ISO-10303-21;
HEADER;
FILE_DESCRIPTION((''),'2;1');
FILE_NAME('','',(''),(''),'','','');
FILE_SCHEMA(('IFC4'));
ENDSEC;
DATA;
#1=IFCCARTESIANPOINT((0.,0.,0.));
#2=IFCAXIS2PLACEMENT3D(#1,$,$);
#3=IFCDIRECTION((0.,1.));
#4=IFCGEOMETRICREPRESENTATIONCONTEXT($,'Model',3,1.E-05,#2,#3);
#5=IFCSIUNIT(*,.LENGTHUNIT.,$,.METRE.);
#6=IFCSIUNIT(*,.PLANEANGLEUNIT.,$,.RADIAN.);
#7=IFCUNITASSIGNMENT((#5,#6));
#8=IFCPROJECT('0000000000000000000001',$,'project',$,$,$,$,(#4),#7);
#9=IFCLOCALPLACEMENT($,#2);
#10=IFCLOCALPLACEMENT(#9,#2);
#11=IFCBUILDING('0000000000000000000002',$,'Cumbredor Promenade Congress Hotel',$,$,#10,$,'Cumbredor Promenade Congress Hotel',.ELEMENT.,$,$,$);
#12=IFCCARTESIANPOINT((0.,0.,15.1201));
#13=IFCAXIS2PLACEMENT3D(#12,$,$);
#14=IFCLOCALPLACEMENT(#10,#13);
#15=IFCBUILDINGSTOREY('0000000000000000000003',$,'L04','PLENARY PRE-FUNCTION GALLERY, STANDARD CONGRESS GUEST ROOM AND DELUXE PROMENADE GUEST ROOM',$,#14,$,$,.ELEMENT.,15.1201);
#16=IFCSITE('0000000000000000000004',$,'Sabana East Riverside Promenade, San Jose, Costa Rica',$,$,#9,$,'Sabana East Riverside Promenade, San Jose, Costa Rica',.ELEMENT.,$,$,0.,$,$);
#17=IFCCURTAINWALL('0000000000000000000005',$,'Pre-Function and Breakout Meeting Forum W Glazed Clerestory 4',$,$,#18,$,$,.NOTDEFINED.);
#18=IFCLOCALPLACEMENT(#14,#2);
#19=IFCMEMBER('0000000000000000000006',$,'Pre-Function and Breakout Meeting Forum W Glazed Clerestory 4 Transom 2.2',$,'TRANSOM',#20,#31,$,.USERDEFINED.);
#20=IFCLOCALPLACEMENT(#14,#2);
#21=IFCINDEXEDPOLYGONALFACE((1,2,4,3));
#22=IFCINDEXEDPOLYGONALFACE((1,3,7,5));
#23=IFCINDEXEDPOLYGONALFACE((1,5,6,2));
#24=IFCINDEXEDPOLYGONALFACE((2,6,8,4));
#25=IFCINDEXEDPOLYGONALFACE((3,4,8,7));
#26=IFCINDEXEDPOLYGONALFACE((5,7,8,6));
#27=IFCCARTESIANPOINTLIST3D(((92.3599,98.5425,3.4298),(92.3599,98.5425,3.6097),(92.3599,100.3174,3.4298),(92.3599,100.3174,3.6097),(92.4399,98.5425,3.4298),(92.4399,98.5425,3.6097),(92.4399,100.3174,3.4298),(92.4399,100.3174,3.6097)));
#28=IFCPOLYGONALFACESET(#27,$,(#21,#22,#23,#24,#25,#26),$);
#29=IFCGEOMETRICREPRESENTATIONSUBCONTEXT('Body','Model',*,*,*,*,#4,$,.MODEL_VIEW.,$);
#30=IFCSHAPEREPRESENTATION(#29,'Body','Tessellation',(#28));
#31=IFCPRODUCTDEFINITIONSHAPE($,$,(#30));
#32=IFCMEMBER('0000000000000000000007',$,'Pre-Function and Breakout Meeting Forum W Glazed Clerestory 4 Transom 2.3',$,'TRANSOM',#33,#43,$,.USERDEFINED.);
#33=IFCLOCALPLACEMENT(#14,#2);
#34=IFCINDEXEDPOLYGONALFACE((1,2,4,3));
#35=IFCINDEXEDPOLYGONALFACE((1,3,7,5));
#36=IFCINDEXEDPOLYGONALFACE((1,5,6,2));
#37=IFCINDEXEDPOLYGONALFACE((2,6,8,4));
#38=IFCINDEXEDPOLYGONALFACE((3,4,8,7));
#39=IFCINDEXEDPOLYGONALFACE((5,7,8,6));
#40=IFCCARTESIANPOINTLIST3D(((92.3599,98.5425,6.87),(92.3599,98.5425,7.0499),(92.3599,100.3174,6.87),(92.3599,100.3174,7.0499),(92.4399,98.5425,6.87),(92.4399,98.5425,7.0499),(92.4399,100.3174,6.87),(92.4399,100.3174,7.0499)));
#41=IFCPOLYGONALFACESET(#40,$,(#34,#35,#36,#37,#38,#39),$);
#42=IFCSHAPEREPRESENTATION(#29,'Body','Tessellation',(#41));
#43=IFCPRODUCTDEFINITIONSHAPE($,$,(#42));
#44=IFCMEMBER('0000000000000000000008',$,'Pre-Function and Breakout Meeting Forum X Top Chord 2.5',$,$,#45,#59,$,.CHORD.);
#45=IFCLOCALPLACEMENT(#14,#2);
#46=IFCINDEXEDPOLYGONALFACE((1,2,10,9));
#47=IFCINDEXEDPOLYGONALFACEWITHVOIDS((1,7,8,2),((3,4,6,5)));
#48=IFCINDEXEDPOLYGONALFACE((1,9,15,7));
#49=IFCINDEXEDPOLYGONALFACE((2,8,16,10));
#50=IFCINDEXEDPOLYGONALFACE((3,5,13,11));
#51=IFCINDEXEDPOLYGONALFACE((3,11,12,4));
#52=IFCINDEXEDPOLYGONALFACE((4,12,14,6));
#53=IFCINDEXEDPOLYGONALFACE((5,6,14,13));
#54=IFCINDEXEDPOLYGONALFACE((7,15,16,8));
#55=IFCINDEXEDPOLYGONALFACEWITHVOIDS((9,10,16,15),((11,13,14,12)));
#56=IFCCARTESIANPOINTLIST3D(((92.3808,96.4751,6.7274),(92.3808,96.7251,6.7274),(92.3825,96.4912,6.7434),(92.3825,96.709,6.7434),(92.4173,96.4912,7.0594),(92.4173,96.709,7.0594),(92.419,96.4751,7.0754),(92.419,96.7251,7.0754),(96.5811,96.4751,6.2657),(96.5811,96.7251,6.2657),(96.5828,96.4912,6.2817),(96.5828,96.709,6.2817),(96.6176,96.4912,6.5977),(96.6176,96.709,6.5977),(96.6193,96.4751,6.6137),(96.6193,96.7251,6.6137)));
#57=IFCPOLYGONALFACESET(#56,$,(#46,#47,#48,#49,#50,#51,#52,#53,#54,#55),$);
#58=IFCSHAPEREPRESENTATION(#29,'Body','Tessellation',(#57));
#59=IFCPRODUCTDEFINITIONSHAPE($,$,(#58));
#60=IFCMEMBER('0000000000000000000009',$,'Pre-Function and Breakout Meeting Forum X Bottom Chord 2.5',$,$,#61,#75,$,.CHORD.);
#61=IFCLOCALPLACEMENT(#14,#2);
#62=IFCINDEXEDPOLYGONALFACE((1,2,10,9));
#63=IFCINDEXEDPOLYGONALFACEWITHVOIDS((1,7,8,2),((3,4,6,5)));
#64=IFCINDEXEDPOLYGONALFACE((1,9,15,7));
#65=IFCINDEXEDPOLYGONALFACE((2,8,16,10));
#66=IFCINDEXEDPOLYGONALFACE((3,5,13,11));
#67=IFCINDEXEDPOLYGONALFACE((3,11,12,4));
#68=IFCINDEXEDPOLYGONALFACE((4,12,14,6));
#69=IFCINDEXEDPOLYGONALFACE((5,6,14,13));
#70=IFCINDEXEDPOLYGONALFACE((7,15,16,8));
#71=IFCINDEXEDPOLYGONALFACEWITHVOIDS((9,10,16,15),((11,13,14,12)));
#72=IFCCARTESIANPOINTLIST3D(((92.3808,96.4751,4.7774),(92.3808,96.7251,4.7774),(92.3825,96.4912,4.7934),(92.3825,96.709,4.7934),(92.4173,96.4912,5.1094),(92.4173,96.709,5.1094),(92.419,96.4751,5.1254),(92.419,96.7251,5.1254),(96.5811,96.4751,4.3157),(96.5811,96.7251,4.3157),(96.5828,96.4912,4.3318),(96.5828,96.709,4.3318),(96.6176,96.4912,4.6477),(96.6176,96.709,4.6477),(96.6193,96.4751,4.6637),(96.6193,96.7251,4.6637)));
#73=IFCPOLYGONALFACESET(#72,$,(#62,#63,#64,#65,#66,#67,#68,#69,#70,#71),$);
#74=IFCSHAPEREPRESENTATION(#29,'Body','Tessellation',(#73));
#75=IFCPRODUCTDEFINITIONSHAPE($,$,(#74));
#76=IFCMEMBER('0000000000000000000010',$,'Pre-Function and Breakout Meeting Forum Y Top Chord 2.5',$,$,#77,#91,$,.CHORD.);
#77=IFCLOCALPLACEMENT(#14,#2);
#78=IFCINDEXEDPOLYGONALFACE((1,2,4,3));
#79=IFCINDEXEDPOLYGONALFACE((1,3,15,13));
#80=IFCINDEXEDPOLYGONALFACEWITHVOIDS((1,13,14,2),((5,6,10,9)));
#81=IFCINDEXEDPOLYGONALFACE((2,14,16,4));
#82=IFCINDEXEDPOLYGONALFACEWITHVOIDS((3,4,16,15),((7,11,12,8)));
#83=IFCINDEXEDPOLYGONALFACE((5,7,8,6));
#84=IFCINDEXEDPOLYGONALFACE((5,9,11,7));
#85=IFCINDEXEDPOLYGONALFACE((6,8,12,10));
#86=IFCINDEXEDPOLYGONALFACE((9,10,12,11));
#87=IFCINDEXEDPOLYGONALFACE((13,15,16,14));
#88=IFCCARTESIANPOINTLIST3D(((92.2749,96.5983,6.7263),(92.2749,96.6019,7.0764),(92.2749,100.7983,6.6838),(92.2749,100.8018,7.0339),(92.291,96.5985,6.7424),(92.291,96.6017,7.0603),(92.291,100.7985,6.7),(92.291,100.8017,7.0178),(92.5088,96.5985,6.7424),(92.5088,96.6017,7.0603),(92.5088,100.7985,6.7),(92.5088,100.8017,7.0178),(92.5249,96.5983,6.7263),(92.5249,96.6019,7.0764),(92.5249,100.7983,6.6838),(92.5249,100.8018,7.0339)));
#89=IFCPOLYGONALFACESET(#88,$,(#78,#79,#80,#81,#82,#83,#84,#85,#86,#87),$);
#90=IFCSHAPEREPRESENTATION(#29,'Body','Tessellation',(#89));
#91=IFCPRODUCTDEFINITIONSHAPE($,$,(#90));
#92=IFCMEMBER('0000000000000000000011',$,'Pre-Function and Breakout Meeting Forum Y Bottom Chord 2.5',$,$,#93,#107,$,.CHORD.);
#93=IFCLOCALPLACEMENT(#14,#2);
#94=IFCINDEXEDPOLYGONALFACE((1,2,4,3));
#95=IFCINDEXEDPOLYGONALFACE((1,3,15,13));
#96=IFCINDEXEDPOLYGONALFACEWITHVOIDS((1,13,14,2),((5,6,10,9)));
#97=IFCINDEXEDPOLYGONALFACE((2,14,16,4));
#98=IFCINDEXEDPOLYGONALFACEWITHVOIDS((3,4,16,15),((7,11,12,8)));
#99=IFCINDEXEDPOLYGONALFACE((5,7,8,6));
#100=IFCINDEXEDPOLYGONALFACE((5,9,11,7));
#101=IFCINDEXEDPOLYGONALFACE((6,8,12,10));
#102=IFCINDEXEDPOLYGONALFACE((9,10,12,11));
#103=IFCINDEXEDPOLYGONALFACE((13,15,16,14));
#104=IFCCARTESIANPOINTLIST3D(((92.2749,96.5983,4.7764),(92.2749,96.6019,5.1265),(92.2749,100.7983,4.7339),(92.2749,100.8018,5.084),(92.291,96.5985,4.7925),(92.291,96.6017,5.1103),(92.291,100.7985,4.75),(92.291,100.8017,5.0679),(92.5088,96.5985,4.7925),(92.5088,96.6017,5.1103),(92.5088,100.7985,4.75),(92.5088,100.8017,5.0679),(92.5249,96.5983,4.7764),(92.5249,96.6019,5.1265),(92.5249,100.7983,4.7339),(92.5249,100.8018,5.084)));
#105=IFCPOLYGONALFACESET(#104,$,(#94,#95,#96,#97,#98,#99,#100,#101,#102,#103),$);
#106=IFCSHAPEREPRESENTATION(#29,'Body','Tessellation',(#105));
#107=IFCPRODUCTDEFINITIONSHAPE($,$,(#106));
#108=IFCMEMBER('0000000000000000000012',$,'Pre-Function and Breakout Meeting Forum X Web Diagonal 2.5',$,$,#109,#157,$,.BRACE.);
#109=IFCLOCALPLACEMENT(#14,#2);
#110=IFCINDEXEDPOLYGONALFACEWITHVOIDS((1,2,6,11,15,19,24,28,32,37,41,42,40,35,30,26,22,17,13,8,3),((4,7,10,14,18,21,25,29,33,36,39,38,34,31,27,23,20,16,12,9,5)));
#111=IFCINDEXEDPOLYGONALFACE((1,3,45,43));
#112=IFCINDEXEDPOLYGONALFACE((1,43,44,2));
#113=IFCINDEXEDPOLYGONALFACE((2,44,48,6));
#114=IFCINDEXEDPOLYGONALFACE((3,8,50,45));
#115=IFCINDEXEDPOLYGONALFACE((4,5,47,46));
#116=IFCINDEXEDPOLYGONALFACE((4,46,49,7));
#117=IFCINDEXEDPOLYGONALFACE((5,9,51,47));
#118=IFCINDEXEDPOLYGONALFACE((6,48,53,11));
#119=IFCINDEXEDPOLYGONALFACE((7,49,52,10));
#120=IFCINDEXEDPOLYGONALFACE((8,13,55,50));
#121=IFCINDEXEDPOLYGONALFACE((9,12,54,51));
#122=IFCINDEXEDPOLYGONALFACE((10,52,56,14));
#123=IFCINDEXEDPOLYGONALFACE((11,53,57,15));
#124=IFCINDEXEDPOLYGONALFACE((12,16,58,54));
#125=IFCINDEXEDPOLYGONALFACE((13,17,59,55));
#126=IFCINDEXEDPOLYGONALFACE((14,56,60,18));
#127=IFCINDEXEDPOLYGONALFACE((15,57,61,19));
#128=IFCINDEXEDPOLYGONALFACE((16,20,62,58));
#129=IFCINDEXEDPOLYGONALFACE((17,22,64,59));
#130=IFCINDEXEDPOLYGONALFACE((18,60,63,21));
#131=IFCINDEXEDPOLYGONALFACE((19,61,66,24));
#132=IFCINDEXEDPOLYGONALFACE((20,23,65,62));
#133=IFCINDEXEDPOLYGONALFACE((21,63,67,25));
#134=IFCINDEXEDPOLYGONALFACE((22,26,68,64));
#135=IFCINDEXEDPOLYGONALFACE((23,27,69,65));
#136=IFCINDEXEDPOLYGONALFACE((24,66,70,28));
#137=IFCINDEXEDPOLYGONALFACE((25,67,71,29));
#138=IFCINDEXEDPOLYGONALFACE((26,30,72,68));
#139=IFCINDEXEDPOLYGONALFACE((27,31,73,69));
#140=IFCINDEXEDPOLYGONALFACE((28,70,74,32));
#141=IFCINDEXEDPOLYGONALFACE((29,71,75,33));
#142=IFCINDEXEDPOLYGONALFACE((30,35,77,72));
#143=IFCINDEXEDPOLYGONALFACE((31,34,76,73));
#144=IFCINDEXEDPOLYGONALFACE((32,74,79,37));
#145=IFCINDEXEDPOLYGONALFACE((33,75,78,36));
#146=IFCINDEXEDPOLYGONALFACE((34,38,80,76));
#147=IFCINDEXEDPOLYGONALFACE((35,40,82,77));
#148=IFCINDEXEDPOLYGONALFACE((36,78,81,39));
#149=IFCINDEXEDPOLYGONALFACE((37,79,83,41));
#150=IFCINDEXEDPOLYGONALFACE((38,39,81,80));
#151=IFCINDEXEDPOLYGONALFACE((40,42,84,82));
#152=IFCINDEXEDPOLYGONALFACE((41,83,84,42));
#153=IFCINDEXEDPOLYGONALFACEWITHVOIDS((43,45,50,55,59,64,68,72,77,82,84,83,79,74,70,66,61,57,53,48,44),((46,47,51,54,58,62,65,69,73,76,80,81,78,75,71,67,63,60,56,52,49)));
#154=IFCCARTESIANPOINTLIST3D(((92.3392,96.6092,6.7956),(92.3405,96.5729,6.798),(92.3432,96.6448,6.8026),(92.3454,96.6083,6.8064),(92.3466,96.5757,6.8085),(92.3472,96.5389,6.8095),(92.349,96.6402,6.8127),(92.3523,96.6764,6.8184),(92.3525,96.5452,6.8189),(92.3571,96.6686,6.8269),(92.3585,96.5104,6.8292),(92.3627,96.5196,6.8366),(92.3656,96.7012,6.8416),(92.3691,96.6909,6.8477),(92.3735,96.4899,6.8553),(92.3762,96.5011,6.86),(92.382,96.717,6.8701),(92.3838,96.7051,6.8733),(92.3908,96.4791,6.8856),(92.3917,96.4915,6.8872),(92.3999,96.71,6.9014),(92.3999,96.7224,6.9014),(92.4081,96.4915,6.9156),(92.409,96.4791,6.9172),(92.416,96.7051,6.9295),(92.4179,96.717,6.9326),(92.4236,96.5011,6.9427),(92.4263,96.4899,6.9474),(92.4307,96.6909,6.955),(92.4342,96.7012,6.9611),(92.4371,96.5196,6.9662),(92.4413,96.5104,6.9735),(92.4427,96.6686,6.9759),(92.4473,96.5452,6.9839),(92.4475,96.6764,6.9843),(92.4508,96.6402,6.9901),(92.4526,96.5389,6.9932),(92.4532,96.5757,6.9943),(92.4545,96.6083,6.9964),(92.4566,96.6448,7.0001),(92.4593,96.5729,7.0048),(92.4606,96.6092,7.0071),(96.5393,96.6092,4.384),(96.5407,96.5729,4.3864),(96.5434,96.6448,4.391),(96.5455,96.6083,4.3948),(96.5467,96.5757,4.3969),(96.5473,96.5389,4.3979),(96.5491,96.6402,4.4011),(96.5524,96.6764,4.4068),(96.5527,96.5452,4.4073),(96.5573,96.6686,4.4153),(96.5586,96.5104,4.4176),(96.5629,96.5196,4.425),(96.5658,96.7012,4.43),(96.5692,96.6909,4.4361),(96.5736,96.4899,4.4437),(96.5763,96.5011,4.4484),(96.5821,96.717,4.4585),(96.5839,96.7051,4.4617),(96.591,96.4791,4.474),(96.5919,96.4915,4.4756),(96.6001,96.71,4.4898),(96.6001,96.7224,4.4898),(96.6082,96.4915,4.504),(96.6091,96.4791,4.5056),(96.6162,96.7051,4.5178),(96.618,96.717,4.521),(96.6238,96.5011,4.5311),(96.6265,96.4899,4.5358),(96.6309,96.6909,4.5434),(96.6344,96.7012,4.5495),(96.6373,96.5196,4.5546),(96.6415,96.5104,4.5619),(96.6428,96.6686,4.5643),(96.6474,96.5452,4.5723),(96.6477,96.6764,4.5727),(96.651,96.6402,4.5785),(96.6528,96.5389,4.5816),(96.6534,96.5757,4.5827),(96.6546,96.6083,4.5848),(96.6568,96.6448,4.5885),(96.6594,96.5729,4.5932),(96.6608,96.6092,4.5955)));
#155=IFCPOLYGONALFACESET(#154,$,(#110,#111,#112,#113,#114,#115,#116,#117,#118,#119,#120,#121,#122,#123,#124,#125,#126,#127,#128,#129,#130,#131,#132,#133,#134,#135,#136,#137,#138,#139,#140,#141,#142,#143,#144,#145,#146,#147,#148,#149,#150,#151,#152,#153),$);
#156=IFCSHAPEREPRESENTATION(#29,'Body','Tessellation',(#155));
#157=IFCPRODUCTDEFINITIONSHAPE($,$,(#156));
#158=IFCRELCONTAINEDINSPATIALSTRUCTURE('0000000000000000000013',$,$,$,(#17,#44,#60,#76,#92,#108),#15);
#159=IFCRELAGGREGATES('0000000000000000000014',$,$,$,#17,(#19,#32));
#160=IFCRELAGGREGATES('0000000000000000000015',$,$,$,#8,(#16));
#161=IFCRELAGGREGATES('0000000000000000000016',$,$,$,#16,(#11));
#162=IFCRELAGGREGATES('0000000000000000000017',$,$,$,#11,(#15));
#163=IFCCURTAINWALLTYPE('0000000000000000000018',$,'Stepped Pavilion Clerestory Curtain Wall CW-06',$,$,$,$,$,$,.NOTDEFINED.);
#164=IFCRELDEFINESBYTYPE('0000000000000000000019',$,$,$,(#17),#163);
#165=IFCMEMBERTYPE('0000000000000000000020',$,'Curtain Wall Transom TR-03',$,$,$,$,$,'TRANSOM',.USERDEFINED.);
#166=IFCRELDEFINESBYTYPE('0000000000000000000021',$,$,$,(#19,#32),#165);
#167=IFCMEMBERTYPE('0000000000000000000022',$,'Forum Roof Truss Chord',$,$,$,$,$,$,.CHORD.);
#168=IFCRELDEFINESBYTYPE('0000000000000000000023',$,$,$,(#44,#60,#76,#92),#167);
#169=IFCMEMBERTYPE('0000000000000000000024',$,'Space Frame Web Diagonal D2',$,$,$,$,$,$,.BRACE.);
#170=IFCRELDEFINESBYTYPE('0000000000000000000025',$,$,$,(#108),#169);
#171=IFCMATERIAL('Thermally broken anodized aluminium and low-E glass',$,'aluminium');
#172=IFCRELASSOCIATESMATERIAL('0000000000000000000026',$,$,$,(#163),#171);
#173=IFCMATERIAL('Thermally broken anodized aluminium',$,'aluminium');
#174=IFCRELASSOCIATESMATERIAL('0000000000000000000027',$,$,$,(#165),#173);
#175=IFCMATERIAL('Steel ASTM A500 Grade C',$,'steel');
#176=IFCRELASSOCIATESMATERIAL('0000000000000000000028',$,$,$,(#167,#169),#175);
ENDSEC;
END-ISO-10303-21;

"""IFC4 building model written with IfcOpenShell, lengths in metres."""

from ifc_helpers import new_model, si_unit, direction, frame, origin, origin_2d, place, context, subcontext, project, spatial, rectangle, hollow_rectangle, hollow_circle, extrude, material, material_profile, profile_set, type_object, element, aggregate, save


model = new_model("IFC4")

# Units and contexts
model_context = context("Model", 3, precision=1e-05, world=origin(), true_north=direction((0.0, 1.0)))
body_context = subcontext(model_context, "Body", "Model", "MODEL_VIEW")
ifc_project = project(units=[si_unit("LENGTHUNIT", "METRE"), si_unit("PLANEANGLEUNIT", "RADIAN")], contexts=[model_context])

# Site, building, storey
site_placement = place(None, origin())
site = spatial("IfcSite", under=ifc_project, at=site_placement, Name="Sabana East Riverside Promenade, San Jose, Costa Rica", LongName="Sabana East Riverside Promenade, San Jose, Costa Rica", CompositionType="ELEMENT", RefElevation=0.0)
building_placement = place(site_placement, origin())
building = spatial("IfcBuilding", under=site, at=building_placement, Name="Cumbredor Promenade Congress Hotel", LongName="Cumbredor Promenade Congress Hotel", CompositionType="ELEMENT")
storey_placement = place(building_placement, frame((0.0, 0.0, 15.1201)))
storey = spatial("IfcBuildingStorey", under=building, at=storey_placement, Name="L04", Description="PLENARY PRE-FUNCTION GALLERY, STANDARD CONGRESS GUEST ROOM AND DELUXE PROMENADE GUEST ROOM", CompositionType="ELEMENT", Elevation=15.1201)

# Curtain wall
ifc_material_1 = material(Name="Thermally broken anodized aluminium and low-E glass", Category="aluminium")
curtain_wall_type = type_object("IfcCurtainWallType", Name="Stepped Pavilion Clerestory Curtain Wall CW-06", PredefinedType="NOTDEFINED", material=ifc_material_1)
ifc_material_2 = material(Name="Thermally broken anodized aluminium", Category="aluminium")
curtain_wall_1_placement = place(storey_placement, origin())
curtain_wall_1 = element("IfcCurtainWall", 1, at=curtain_wall_1_placement, inside=storey, type_object=curtain_wall_type, Name="Pre-Function and Breakout Meeting Forum W Glazed Clerestory 4", PredefinedType="NOTDEFINED")

# Members
ifc_material_profile_1 = material_profile(ifc_material_2, rectangle(XDim=0.0801, YDim=0.1799, at=origin_2d()), Name="ALU TRANSOM 80x180")
ifc_profile_set_1 = profile_set([ifc_material_profile_1], Name="Thermally broken anodized aluminium")
member_type_1 = type_object("IfcMemberType", Name="Curtain Wall Transom TR-03", ElementType="TRANSOM", PredefinedType="USERDEFINED", material=ifc_profile_set_1)
member_1_placement = place(storey_placement, frame((92.3999, 98.5425, 3.5198), z_axis=(0.0, 1.0, 0.0), x_axis=(-1.0, 0.0, 0.0)))
member_1 = element("IfcMember", 2, at=member_1_placement, type_object=member_type_1, Name="Pre-Function and Breakout Meeting Forum W Glazed Clerestory 4 Transom 2.2", ObjectType="TRANSOM", PredefinedType="USERDEFINED", context=body_context, shape_type="SweptSolid", body=[
    extrude(rectangle(XDim=0.0801, YDim=0.1799, at=origin_2d()), origin(), (0.0, 0.0, 1.0), 1.7749),
])
member_2_placement = place(storey_placement, frame((92.3999, 98.5425, 6.96), z_axis=(0.0, 1.0, 0.0), x_axis=(-1.0, 0.0, 0.0)))
member_2 = element("IfcMember", 3, at=member_2_placement, type_object=member_type_1, Name="Pre-Function and Breakout Meeting Forum W Glazed Clerestory 4 Transom 2.3", ObjectType="TRANSOM", PredefinedType="USERDEFINED", context=body_context, shape_type="SweptSolid", body=[
    extrude(rectangle(XDim=0.0801, YDim=0.1799, at=origin_2d()), origin(), (0.0, 0.0, 1.0), 1.7749),
])

# Members
ifc_material_3 = material(Name="Steel ASTM A500 Grade C", Category="steel")
ifc_material_profile_2 = material_profile(ifc_material_3, hollow_rectangle(XDim=0.25, YDim=0.3501, WallThickness=0.0161, at=origin_2d()), Name="HSS 350x250x16")
ifc_profile_set_2 = profile_set([ifc_material_profile_2], Name="Steel ASTM A500 Grade C")
member_type_2 = type_object("IfcMemberType", Name="Forum Roof Truss Chord", PredefinedType="CHORD", material=ifc_profile_set_2)
for number, where, z_axis, x_axis, name in (
    (4, (92.3999, 96.6001, 6.9014), (0.994013, 0.0, -0.109258), (0.0, 1.0, 0.0), "Pre-Function and Breakout Meeting Forum X Top Chord 2.5"),
    (5, (92.3999, 96.6001, 4.9514), (0.994013, 0.0, -0.109258), (0.0, 1.0, 0.0), "Pre-Function and Breakout Meeting Forum X Bottom Chord 2.5"),
):
    element("IfcMember", number, at=place(storey_placement, frame(where, z_axis=z_axis, x_axis=x_axis)), inside=storey, type_object=member_type_2, Name=name, PredefinedType="CHORD", context=body_context, shape_type="SweptSolid", body=[
        extrude(hollow_rectangle(XDim=0.25, YDim=0.3501, WallThickness=0.0161, at=origin_2d()), origin(), (0.0, 0.0, 1.0), 4.2256),
    ])
for number, where, z_axis, x_axis, name in (
    (6, (92.3999, 96.6001, 6.9014), (0.0, 0.999949, -0.010114), (-1.0, 0.0, 0.0), "Pre-Function and Breakout Meeting Forum Y Top Chord 2.5"),
    (7, (92.3999, 96.6001, 4.9514), (0.0, 0.999949, -0.010114), (-1.0, 0.0, 0.0), "Pre-Function and Breakout Meeting Forum Y Bottom Chord 2.5"),
):
    element("IfcMember", number, at=place(storey_placement, frame(where, z_axis=z_axis, x_axis=x_axis)), inside=storey, type_object=member_type_2, Name=name, PredefinedType="CHORD", context=body_context, shape_type="SweptSolid", body=[
        extrude(hollow_rectangle(XDim=0.25, YDim=0.3501, WallThickness=0.0161, at=origin_2d()), origin(), (0.0, 0.0, 1.0), 4.2002),
    ])
ifc_material_profile_3 = material_profile(ifc_material_3, hollow_circle(Radius=0.1223, WallThickness=0.0125, at=origin_2d()), Name="CHS 244.5x12.5")
ifc_profile_set_3 = profile_set([ifc_material_profile_3], Name="Steel ASTM A500 Grade C")
member_type_3 = type_object("IfcMemberType", Name="Space Frame Web Diagonal D2", PredefinedType="BRACE", material=ifc_profile_set_3)
member_3_placement = place(storey_placement, frame((92.3999, 96.6001, 6.9014), z_axis=(0.867218, 0.0, -0.497929), x_axis=(0.0, 1.0, 0.0)))
element("IfcMember", 8, at=member_3_placement, inside=storey, type_object=member_type_3, Name="Pre-Function and Breakout Meeting Forum X Web Diagonal 2.5", PredefinedType="BRACE", context=body_context, shape_type="SweptSolid", body=[
    extrude(hollow_circle(Radius=0.1223, WallThickness=0.0125, at=origin_2d()), origin(), (0.0, 0.0, 1.0), 4.8433),
])

aggregate(curtain_wall_1, [member_1, member_2])

save(model, "model.ifc")
